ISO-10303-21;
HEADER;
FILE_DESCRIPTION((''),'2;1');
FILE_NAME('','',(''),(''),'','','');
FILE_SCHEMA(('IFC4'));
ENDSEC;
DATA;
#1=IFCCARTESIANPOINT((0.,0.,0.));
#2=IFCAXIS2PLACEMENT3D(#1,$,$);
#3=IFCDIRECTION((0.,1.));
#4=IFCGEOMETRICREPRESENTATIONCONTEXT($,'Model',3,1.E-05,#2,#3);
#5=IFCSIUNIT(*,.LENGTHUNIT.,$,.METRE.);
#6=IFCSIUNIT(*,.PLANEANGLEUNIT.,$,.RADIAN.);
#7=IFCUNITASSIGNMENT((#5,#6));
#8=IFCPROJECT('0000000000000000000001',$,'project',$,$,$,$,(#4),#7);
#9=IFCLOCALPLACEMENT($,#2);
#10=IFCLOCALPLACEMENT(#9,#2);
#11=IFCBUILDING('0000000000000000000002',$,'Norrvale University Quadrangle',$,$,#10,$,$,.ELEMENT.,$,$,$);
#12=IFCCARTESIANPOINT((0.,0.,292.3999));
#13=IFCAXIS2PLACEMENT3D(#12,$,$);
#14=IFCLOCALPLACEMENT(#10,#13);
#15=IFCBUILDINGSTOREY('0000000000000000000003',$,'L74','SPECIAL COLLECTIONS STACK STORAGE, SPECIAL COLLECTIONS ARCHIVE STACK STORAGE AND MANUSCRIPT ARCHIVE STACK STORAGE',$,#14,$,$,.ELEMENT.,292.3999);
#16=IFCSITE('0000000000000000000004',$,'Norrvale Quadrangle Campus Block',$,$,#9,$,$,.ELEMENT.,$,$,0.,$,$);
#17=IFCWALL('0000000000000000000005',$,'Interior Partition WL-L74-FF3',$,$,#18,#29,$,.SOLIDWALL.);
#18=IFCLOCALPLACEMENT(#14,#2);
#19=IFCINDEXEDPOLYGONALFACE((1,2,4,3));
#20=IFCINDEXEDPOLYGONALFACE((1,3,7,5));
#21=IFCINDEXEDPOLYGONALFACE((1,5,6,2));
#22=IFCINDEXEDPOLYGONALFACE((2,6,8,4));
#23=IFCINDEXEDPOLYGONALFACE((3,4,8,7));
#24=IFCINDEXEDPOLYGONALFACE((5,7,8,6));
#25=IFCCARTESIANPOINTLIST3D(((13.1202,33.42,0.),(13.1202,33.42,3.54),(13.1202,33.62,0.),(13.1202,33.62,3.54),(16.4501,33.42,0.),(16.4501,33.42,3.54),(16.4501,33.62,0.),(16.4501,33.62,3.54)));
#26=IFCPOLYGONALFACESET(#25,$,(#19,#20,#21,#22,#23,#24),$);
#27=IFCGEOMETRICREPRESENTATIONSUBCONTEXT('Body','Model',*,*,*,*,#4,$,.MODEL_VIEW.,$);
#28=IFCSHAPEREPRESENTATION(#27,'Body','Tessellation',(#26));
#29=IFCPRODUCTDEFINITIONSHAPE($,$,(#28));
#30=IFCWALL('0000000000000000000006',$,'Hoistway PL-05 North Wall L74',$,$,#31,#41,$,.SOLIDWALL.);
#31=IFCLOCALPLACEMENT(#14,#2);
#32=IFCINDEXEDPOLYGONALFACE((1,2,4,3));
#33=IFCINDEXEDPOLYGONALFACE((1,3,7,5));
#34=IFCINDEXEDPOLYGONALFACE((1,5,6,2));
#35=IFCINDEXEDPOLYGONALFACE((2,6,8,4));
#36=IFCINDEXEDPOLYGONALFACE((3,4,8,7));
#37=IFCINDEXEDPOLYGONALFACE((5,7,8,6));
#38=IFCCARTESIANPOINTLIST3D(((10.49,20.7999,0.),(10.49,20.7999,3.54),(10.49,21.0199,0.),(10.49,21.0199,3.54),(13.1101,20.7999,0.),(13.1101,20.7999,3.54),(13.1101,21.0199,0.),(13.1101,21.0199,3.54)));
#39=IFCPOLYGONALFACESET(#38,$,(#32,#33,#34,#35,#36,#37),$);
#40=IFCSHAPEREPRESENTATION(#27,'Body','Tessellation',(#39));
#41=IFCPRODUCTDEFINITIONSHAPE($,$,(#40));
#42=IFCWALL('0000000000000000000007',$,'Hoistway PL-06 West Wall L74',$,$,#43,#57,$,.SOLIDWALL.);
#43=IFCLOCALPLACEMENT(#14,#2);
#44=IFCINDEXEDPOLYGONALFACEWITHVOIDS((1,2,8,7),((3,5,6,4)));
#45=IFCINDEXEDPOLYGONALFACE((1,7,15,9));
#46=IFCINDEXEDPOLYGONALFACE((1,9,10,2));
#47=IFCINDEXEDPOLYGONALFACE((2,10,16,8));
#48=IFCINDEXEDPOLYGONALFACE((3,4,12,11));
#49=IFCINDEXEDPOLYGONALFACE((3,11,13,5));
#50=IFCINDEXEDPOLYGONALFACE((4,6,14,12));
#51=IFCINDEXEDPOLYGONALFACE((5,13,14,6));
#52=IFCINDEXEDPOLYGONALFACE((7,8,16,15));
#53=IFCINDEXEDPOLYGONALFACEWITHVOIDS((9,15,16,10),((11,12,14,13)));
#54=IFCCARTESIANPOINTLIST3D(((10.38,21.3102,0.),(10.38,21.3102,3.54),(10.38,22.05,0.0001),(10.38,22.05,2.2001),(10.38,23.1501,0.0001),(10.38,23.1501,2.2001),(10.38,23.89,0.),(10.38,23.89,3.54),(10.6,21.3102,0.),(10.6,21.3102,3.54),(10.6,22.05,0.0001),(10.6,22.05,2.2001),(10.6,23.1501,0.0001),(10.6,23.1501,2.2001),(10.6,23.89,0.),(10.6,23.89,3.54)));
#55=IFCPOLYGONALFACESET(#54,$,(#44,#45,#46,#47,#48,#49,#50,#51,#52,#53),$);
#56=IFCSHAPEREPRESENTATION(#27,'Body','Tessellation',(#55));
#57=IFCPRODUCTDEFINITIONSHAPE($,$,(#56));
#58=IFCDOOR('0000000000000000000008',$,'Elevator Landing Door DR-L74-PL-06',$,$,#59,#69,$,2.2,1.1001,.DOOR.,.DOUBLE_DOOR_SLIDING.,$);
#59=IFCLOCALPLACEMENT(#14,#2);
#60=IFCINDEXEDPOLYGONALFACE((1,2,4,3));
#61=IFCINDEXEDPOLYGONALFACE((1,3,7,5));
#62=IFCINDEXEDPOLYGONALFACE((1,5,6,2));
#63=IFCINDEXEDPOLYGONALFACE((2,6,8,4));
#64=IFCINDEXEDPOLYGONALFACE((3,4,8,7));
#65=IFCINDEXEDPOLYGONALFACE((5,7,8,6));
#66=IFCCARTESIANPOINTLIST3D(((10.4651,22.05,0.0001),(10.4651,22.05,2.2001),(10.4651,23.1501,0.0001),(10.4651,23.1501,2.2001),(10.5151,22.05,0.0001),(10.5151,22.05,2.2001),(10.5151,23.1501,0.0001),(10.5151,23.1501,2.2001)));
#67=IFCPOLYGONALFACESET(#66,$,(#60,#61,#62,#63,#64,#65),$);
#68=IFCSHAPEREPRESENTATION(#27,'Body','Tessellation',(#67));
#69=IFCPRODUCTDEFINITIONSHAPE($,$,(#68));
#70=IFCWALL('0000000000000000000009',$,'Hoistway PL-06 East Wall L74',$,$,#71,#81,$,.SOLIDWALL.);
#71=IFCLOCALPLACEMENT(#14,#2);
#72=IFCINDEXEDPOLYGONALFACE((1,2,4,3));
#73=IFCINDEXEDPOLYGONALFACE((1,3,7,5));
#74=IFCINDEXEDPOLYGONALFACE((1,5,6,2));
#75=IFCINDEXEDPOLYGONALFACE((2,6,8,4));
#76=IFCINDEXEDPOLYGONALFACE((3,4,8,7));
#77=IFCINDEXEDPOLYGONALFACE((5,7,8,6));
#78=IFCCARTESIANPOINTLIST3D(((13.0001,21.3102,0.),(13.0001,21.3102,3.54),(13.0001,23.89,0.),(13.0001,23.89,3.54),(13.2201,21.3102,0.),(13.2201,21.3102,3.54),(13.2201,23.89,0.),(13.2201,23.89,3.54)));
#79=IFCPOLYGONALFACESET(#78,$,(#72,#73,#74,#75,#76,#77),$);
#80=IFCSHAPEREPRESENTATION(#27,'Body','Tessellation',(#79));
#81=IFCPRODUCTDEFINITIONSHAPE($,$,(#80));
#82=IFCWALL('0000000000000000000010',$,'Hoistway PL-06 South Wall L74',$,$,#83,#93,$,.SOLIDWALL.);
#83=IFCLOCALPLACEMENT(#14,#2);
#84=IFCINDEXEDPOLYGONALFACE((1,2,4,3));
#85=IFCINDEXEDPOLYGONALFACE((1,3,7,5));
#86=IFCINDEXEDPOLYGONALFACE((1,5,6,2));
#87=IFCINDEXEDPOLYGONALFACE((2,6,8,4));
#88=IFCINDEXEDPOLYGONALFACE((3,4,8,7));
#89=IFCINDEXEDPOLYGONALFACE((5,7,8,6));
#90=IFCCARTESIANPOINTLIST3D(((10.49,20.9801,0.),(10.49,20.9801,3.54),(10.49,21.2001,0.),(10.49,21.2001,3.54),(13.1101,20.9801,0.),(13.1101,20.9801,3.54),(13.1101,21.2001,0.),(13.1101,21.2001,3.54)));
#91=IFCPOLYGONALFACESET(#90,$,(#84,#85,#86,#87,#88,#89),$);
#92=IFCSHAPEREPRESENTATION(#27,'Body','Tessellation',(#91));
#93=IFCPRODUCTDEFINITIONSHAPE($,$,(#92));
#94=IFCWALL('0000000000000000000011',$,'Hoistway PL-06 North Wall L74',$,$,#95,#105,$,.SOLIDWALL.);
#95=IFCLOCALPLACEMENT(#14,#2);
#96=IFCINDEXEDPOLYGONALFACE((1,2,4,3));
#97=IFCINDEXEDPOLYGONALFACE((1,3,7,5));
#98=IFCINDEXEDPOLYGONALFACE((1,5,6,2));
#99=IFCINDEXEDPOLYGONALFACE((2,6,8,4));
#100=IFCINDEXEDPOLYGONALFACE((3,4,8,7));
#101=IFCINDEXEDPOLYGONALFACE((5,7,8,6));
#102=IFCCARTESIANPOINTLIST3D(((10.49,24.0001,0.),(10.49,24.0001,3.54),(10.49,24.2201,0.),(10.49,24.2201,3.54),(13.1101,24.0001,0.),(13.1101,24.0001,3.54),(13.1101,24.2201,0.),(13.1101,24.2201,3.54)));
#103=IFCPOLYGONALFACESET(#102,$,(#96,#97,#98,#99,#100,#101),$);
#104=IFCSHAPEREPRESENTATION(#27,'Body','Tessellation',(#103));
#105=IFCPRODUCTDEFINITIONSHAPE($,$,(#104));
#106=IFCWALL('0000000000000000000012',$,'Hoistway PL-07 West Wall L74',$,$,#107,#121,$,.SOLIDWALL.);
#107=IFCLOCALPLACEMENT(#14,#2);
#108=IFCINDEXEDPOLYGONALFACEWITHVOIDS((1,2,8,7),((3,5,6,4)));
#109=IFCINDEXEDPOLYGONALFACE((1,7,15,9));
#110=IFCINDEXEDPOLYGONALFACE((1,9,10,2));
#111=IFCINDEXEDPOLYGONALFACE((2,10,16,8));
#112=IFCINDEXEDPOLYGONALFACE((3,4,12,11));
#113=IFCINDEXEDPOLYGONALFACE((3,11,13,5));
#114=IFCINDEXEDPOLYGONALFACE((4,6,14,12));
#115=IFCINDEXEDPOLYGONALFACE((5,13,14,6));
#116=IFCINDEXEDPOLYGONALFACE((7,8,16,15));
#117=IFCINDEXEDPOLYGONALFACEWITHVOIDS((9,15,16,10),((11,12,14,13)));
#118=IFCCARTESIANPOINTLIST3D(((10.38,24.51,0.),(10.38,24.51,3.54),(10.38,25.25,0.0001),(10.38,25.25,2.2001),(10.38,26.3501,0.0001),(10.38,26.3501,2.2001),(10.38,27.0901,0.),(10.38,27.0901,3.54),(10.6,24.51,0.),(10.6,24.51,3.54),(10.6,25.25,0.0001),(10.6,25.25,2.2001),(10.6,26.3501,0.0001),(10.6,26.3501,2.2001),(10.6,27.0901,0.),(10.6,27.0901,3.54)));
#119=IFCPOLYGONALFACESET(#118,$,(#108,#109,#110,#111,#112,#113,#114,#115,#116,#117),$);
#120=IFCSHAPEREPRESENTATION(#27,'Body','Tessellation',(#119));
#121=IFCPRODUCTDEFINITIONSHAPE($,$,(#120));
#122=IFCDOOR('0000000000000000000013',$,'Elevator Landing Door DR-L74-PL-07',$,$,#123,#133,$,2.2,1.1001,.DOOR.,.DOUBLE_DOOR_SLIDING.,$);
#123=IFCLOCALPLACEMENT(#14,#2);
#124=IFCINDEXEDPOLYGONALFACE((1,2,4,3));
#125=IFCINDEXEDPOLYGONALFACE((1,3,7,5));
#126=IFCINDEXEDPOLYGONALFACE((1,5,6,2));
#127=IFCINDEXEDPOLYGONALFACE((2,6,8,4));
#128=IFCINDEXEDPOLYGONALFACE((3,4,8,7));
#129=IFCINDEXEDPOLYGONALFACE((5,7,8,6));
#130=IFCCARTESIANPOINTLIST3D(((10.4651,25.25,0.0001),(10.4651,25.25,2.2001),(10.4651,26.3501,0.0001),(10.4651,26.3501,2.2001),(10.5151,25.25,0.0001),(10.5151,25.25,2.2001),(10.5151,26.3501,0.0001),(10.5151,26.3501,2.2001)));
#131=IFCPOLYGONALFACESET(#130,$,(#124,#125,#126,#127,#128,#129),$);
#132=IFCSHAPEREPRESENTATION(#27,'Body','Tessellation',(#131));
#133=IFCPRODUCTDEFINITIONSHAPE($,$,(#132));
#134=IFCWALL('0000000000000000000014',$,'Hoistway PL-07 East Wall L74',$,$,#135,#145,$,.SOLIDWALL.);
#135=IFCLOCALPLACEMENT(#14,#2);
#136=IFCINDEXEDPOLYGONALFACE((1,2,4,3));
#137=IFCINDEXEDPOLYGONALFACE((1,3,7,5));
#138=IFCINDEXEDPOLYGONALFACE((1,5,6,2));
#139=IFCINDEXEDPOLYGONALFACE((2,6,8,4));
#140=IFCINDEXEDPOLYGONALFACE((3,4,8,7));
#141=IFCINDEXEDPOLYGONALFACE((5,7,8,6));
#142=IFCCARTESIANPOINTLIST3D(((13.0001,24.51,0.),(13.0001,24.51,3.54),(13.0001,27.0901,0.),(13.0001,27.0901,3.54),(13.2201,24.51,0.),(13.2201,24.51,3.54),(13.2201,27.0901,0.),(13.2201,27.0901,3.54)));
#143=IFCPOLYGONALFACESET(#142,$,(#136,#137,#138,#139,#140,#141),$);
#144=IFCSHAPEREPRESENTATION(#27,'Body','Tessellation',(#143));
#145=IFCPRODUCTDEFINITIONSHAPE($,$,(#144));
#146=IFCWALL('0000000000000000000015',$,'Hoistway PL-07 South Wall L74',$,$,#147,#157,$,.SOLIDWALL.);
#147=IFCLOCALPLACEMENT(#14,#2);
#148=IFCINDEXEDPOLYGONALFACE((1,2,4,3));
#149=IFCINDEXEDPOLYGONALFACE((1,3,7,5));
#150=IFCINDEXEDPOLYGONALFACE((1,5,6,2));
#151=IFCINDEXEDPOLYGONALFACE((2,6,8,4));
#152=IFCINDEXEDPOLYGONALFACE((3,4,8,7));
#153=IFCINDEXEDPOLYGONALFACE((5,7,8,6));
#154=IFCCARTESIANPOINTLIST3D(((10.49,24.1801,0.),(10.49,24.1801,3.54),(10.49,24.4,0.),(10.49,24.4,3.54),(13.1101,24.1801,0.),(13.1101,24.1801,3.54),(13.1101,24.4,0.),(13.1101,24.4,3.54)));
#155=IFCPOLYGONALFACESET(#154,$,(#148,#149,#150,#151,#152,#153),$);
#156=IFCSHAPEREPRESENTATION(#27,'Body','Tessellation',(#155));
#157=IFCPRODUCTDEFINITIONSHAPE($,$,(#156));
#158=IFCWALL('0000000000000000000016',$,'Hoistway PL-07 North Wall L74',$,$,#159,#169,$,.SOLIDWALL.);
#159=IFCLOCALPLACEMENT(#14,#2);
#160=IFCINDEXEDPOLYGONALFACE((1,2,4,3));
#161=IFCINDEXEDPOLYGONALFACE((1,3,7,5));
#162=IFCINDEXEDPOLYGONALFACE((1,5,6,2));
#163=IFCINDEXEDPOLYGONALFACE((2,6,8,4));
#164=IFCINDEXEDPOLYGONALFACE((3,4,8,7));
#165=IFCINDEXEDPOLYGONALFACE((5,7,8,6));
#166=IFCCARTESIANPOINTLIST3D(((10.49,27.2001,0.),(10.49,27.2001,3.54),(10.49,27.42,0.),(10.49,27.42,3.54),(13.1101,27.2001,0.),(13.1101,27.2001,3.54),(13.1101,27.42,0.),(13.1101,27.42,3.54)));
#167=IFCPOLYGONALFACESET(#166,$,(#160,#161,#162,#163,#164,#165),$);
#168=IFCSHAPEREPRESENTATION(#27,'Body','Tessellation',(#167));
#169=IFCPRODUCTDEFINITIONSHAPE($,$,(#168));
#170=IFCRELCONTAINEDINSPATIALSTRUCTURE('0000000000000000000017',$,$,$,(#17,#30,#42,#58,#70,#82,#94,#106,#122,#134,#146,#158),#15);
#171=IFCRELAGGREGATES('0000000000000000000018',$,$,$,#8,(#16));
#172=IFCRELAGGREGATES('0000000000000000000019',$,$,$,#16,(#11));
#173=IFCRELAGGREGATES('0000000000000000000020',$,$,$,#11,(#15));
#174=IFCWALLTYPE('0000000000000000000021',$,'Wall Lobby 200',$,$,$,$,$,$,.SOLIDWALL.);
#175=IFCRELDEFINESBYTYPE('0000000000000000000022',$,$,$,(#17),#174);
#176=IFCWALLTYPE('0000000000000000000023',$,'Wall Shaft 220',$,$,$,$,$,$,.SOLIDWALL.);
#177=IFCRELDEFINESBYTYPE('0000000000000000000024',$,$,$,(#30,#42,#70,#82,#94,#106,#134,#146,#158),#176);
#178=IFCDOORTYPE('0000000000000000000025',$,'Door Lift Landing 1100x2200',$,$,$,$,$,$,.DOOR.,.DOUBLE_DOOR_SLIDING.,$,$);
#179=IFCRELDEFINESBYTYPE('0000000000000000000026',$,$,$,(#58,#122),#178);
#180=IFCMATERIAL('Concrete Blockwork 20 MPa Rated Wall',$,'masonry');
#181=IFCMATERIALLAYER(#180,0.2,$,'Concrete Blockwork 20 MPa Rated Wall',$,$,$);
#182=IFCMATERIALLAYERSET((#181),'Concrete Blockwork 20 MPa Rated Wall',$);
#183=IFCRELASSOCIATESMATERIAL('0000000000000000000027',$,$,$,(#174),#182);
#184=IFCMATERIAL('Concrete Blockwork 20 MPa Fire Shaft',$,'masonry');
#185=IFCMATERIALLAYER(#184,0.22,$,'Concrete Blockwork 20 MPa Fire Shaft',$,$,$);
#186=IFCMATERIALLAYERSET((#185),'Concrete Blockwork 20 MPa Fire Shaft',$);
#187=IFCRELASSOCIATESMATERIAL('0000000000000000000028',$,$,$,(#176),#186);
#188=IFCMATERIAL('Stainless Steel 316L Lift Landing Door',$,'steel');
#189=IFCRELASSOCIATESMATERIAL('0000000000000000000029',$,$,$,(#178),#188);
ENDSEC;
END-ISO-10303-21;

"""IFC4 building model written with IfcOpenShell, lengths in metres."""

from ifc_helpers import new_model, si_unit, direction, frame, frame_2d, origin, place, context, subcontext, project, spatial, rectangle, extrude, material, layer, layer_set, type_object, element, fill, save


model = new_model("IFC4")

# Units and contexts
model_context = context("Model", 3, precision=1e-05, world=origin(), true_north=direction((0.0, 1.0)))
body_context = subcontext(model_context, "Body", "Model", "MODEL_VIEW")
ifc_project = project(units=[si_unit("LENGTHUNIT", "METRE"), si_unit("PLANEANGLEUNIT", "RADIAN")], contexts=[model_context])

# Site, building, storey
site_placement = place(None, origin())
site = spatial("IfcSite", under=ifc_project, at=site_placement, Name="Norrvale Quadrangle Campus Block", CompositionType="ELEMENT", RefElevation=0.0)
building_placement = place(site_placement, origin())
building = spatial("IfcBuilding", under=site, at=building_placement, Name="Norrvale University Quadrangle", CompositionType="ELEMENT")
storey_placement = place(building_placement, frame((0.0, 0.0, 292.3999)))
storey = spatial("IfcBuildingStorey", under=building, at=storey_placement, Name="L74", Description="SPECIAL COLLECTIONS STACK STORAGE, SPECIAL COLLECTIONS ARCHIVE STACK STORAGE AND MANUSCRIPT ARCHIVE STACK STORAGE", CompositionType="ELEMENT", Elevation=292.3999)

# Walls
ifc_material_1 = material(Name="Concrete Blockwork 20 MPa Rated Wall", Category="masonry")
ifc_layer_1 = layer(ifc_material_1, 0.2, Name="Concrete Blockwork 20 MPa Rated Wall")
ifc_layer_set_1 = layer_set([ifc_layer_1], Name="Concrete Blockwork 20 MPa Rated Wall")
wall_type_1 = type_object("IfcWallType", Name="Wall Lobby 200", PredefinedType="SOLIDWALL", material=ifc_layer_set_1)
wall_1_placement = place(storey_placement, frame((13.1201, 33.52, 0.0), z_axis=(0.0, 0.0, 1.0), x_axis=(1.0, 0.0, 0.0)))
element("IfcWall", 1, at=wall_1_placement, inside=storey, type_object=wall_type_1, Name="Interior Partition WL-L74-FF3", PredefinedType="SOLIDWALL", context=body_context, shape_type="SweptSolid", body=[
    extrude(rectangle(XDim=3.3298, YDim=0.2, at=frame_2d((1.665, 0.0))), origin(), (0.0, 0.0, 1.0), 3.54),
])
ifc_material_2 = material(Name="Concrete Blockwork 20 MPa Fire Shaft", Category="masonry")
ifc_layer_2 = layer(ifc_material_2, 0.22, Name="Concrete Blockwork 20 MPa Fire Shaft")
ifc_layer_set_2 = layer_set([ifc_layer_2], Name="Concrete Blockwork 20 MPa Fire Shaft")
wall_type_2 = type_object("IfcWallType", Name="Wall Shaft 220", PredefinedType="SOLIDWALL", material=ifc_layer_set_2)
wall_2_placement = place(storey_placement, frame((10.49, 20.9099, 0.0), z_axis=(0.0, 0.0, 1.0), x_axis=(1.0, 0.0, 0.0)))
element("IfcWall", 2, at=wall_2_placement, inside=storey, type_object=wall_type_2, Name="Hoistway PL-05 North Wall L74", PredefinedType="SOLIDWALL", context=body_context, shape_type="SweptSolid", body=[
    extrude(rectangle(XDim=2.6201, YDim=0.22, at=frame_2d((1.3101, 0.0))), origin(), (0.0, 0.0, 1.0), 3.54),
])

# Wall, opening, door
wall_3_placement = place(storey_placement, frame((10.49, 21.3101, 0.0), z_axis=(0.0, 0.0, 1.0), x_axis=(0.0, 1.0, 0.0)))
wall_3 = element("IfcWall", 3, at=wall_3_placement, inside=storey, type_object=wall_type_2, Name="Hoistway PL-06 West Wall L74", PredefinedType="SOLIDWALL", context=body_context, shape_type="SweptSolid", body=[
    extrude(rectangle(XDim=2.5798, YDim=0.22, at=frame_2d((1.29, 0.0))), origin(), (0.0, 0.0, 1.0), 3.54),
])
opening_1_placement = place(wall_3_placement, frame((0.74, 0.0, 0.0)))
opening_1 = element("IfcOpeningElement", 4, at=opening_1_placement, cuts=wall_3, PredefinedType="OPENING", context=body_context, shape_type="SweptSolid", body=[
    extrude(rectangle(XDim=1.1001, YDim=2.2, at=frame_2d((0.55, 1.1001))), frame((0.0, 0.1221, 0.0), z_axis=(0.0, -1.0, 0.0), x_axis=(1.0, 0.0, 0.0)), (0.0, 0.0, 1.0), 0.2439),
])
ifc_material_3 = material(Name="Stainless Steel 316L Lift Landing Door", Category="steel")
door_type_1 = type_object("IfcDoorType", Name="Door Lift Landing 1100x2200", OperationType="DOUBLE_DOOR_SLIDING", PredefinedType="DOOR", material=ifc_material_3)
door_1_placement = place(opening_1_placement, origin())
door_1 = element("IfcDoor", 5, at=door_1_placement, inside=storey, type_object=door_type_1, Name="Elevator Landing Door DR-L74-PL-06", OperationType="DOUBLE_DOOR_SLIDING", OverallHeight=2.2, OverallWidth=1.1001, PredefinedType="DOOR", context=body_context, shape_type="SweptSolid", body=[
    extrude(rectangle(XDim=1.1001, YDim=2.2, at=frame_2d((0.55, 1.1001))), frame((0.0, 0.0249, 0.0), z_axis=(0.0, -1.0, 0.0), x_axis=(1.0, 0.0, 0.0)), (0.0, 0.0, 1.0), 0.05),
])
fill(opening_1, door_1)

# Walls
wall_4_placement = place(storey_placement, frame((13.1101, 21.3101, 0.0), z_axis=(0.0, 0.0, 1.0), x_axis=(0.0, 1.0, 0.0)))
element("IfcWall", 6, at=wall_4_placement, inside=storey, type_object=wall_type_2, Name="Hoistway PL-06 East Wall L74", PredefinedType="SOLIDWALL", context=body_context, shape_type="SweptSolid", body=[
    extrude(rectangle(XDim=2.5798, YDim=0.22, at=frame_2d((1.29, 0.0))), origin(), (0.0, 0.0, 1.0), 3.54),
])
for number, where, z_axis, x_axis, name in (
    (7, (10.49, 21.0901, 0.0), (0.0, 0.0, 1.0), (1.0, 0.0, 0.0), "Hoistway PL-06 South Wall L74"),
    (8, (10.49, 24.1101, 0.0), (0.0, 0.0, 1.0), (1.0, 0.0, 0.0), "Hoistway PL-06 North Wall L74"),
):
    element("IfcWall", number, at=place(storey_placement, frame(where, z_axis=z_axis, x_axis=x_axis)), inside=storey, type_object=wall_type_2, Name=name, PredefinedType="SOLIDWALL", context=body_context, shape_type="SweptSolid", body=[
        extrude(rectangle(XDim=2.6201, YDim=0.22, at=frame_2d((1.3101, 0.0))), origin(), (0.0, 0.0, 1.0), 3.54),
    ])

# Wall, opening, door
wall_5_placement = place(storey_placement, frame((10.49, 24.51, 0.0), z_axis=(0.0, 0.0, 1.0), x_axis=(0.0, 1.0, 0.0)))
wall_5 = element("IfcWall", 9, at=wall_5_placement, inside=storey, type_object=wall_type_2, Name="Hoistway PL-07 West Wall L74", PredefinedType="SOLIDWALL", context=body_context, shape_type="SweptSolid", body=[
    extrude(rectangle(XDim=2.5801, YDim=0.22, at=frame_2d((1.29, 0.0))), origin(), (0.0, 0.0, 1.0), 3.54),
])
opening_2_placement = place(wall_5_placement, frame((0.74, 0.0, 0.0)))
opening_2 = element("IfcOpeningElement", 10, at=opening_2_placement, cuts=wall_5, PredefinedType="OPENING", context=body_context, shape_type="SweptSolid", body=[
    extrude(rectangle(XDim=1.1001, YDim=2.2, at=frame_2d((0.55, 1.1001))), frame((0.0, 0.1221, 0.0), z_axis=(0.0, -1.0, 0.0), x_axis=(1.0, 0.0, 0.0)), (0.0, 0.0, 1.0), 0.2439),
])
door_2_placement = place(opening_2_placement, origin())
door_2 = element("IfcDoor", 11, at=door_2_placement, inside=storey, type_object=door_type_1, Name="Elevator Landing Door DR-L74-PL-07", OperationType="DOUBLE_DOOR_SLIDING", OverallHeight=2.2, OverallWidth=1.1001, PredefinedType="DOOR", context=body_context, shape_type="SweptSolid", body=[
    extrude(rectangle(XDim=1.1001, YDim=2.2, at=frame_2d((0.55, 1.1001))), frame((0.0, 0.0249, 0.0), z_axis=(0.0, -1.0, 0.0), x_axis=(1.0, 0.0, 0.0)), (0.0, 0.0, 1.0), 0.05),
])
fill(opening_2, door_2)

# Walls
wall_6_placement = place(storey_placement, frame((13.1101, 24.51, 0.0), z_axis=(0.0, 0.0, 1.0), x_axis=(0.0, 1.0, 0.0)))
element("IfcWall", 12, at=wall_6_placement, inside=storey, type_object=wall_type_2, Name="Hoistway PL-07 East Wall L74", PredefinedType="SOLIDWALL", context=body_context, shape_type="SweptSolid", body=[
    extrude(rectangle(XDim=2.5801, YDim=0.22, at=frame_2d((1.29, 0.0))), origin(), (0.0, 0.0, 1.0), 3.54),
])
for number, where, z_axis, x_axis, name in (
    (13, (10.49, 24.29, 0.0), (0.0, 0.0, 1.0), (1.0, 0.0, 0.0), "Hoistway PL-07 South Wall L74"),
    (14, (10.49, 27.3101, 0.0), (0.0, 0.0, 1.0), (1.0, 0.0, 0.0), "Hoistway PL-07 North Wall L74"),
):
    element("IfcWall", number, at=place(storey_placement, frame(where, z_axis=z_axis, x_axis=x_axis)), inside=storey, type_object=wall_type_2, Name=name, PredefinedType="SOLIDWALL", context=body_context, shape_type="SweptSolid", body=[
        extrude(rectangle(XDim=2.6201, YDim=0.22, at=frame_2d((1.3101, 0.0))), origin(), (0.0, 0.0, 1.0), 3.54),
    ])

save(model, "model.ifc")
